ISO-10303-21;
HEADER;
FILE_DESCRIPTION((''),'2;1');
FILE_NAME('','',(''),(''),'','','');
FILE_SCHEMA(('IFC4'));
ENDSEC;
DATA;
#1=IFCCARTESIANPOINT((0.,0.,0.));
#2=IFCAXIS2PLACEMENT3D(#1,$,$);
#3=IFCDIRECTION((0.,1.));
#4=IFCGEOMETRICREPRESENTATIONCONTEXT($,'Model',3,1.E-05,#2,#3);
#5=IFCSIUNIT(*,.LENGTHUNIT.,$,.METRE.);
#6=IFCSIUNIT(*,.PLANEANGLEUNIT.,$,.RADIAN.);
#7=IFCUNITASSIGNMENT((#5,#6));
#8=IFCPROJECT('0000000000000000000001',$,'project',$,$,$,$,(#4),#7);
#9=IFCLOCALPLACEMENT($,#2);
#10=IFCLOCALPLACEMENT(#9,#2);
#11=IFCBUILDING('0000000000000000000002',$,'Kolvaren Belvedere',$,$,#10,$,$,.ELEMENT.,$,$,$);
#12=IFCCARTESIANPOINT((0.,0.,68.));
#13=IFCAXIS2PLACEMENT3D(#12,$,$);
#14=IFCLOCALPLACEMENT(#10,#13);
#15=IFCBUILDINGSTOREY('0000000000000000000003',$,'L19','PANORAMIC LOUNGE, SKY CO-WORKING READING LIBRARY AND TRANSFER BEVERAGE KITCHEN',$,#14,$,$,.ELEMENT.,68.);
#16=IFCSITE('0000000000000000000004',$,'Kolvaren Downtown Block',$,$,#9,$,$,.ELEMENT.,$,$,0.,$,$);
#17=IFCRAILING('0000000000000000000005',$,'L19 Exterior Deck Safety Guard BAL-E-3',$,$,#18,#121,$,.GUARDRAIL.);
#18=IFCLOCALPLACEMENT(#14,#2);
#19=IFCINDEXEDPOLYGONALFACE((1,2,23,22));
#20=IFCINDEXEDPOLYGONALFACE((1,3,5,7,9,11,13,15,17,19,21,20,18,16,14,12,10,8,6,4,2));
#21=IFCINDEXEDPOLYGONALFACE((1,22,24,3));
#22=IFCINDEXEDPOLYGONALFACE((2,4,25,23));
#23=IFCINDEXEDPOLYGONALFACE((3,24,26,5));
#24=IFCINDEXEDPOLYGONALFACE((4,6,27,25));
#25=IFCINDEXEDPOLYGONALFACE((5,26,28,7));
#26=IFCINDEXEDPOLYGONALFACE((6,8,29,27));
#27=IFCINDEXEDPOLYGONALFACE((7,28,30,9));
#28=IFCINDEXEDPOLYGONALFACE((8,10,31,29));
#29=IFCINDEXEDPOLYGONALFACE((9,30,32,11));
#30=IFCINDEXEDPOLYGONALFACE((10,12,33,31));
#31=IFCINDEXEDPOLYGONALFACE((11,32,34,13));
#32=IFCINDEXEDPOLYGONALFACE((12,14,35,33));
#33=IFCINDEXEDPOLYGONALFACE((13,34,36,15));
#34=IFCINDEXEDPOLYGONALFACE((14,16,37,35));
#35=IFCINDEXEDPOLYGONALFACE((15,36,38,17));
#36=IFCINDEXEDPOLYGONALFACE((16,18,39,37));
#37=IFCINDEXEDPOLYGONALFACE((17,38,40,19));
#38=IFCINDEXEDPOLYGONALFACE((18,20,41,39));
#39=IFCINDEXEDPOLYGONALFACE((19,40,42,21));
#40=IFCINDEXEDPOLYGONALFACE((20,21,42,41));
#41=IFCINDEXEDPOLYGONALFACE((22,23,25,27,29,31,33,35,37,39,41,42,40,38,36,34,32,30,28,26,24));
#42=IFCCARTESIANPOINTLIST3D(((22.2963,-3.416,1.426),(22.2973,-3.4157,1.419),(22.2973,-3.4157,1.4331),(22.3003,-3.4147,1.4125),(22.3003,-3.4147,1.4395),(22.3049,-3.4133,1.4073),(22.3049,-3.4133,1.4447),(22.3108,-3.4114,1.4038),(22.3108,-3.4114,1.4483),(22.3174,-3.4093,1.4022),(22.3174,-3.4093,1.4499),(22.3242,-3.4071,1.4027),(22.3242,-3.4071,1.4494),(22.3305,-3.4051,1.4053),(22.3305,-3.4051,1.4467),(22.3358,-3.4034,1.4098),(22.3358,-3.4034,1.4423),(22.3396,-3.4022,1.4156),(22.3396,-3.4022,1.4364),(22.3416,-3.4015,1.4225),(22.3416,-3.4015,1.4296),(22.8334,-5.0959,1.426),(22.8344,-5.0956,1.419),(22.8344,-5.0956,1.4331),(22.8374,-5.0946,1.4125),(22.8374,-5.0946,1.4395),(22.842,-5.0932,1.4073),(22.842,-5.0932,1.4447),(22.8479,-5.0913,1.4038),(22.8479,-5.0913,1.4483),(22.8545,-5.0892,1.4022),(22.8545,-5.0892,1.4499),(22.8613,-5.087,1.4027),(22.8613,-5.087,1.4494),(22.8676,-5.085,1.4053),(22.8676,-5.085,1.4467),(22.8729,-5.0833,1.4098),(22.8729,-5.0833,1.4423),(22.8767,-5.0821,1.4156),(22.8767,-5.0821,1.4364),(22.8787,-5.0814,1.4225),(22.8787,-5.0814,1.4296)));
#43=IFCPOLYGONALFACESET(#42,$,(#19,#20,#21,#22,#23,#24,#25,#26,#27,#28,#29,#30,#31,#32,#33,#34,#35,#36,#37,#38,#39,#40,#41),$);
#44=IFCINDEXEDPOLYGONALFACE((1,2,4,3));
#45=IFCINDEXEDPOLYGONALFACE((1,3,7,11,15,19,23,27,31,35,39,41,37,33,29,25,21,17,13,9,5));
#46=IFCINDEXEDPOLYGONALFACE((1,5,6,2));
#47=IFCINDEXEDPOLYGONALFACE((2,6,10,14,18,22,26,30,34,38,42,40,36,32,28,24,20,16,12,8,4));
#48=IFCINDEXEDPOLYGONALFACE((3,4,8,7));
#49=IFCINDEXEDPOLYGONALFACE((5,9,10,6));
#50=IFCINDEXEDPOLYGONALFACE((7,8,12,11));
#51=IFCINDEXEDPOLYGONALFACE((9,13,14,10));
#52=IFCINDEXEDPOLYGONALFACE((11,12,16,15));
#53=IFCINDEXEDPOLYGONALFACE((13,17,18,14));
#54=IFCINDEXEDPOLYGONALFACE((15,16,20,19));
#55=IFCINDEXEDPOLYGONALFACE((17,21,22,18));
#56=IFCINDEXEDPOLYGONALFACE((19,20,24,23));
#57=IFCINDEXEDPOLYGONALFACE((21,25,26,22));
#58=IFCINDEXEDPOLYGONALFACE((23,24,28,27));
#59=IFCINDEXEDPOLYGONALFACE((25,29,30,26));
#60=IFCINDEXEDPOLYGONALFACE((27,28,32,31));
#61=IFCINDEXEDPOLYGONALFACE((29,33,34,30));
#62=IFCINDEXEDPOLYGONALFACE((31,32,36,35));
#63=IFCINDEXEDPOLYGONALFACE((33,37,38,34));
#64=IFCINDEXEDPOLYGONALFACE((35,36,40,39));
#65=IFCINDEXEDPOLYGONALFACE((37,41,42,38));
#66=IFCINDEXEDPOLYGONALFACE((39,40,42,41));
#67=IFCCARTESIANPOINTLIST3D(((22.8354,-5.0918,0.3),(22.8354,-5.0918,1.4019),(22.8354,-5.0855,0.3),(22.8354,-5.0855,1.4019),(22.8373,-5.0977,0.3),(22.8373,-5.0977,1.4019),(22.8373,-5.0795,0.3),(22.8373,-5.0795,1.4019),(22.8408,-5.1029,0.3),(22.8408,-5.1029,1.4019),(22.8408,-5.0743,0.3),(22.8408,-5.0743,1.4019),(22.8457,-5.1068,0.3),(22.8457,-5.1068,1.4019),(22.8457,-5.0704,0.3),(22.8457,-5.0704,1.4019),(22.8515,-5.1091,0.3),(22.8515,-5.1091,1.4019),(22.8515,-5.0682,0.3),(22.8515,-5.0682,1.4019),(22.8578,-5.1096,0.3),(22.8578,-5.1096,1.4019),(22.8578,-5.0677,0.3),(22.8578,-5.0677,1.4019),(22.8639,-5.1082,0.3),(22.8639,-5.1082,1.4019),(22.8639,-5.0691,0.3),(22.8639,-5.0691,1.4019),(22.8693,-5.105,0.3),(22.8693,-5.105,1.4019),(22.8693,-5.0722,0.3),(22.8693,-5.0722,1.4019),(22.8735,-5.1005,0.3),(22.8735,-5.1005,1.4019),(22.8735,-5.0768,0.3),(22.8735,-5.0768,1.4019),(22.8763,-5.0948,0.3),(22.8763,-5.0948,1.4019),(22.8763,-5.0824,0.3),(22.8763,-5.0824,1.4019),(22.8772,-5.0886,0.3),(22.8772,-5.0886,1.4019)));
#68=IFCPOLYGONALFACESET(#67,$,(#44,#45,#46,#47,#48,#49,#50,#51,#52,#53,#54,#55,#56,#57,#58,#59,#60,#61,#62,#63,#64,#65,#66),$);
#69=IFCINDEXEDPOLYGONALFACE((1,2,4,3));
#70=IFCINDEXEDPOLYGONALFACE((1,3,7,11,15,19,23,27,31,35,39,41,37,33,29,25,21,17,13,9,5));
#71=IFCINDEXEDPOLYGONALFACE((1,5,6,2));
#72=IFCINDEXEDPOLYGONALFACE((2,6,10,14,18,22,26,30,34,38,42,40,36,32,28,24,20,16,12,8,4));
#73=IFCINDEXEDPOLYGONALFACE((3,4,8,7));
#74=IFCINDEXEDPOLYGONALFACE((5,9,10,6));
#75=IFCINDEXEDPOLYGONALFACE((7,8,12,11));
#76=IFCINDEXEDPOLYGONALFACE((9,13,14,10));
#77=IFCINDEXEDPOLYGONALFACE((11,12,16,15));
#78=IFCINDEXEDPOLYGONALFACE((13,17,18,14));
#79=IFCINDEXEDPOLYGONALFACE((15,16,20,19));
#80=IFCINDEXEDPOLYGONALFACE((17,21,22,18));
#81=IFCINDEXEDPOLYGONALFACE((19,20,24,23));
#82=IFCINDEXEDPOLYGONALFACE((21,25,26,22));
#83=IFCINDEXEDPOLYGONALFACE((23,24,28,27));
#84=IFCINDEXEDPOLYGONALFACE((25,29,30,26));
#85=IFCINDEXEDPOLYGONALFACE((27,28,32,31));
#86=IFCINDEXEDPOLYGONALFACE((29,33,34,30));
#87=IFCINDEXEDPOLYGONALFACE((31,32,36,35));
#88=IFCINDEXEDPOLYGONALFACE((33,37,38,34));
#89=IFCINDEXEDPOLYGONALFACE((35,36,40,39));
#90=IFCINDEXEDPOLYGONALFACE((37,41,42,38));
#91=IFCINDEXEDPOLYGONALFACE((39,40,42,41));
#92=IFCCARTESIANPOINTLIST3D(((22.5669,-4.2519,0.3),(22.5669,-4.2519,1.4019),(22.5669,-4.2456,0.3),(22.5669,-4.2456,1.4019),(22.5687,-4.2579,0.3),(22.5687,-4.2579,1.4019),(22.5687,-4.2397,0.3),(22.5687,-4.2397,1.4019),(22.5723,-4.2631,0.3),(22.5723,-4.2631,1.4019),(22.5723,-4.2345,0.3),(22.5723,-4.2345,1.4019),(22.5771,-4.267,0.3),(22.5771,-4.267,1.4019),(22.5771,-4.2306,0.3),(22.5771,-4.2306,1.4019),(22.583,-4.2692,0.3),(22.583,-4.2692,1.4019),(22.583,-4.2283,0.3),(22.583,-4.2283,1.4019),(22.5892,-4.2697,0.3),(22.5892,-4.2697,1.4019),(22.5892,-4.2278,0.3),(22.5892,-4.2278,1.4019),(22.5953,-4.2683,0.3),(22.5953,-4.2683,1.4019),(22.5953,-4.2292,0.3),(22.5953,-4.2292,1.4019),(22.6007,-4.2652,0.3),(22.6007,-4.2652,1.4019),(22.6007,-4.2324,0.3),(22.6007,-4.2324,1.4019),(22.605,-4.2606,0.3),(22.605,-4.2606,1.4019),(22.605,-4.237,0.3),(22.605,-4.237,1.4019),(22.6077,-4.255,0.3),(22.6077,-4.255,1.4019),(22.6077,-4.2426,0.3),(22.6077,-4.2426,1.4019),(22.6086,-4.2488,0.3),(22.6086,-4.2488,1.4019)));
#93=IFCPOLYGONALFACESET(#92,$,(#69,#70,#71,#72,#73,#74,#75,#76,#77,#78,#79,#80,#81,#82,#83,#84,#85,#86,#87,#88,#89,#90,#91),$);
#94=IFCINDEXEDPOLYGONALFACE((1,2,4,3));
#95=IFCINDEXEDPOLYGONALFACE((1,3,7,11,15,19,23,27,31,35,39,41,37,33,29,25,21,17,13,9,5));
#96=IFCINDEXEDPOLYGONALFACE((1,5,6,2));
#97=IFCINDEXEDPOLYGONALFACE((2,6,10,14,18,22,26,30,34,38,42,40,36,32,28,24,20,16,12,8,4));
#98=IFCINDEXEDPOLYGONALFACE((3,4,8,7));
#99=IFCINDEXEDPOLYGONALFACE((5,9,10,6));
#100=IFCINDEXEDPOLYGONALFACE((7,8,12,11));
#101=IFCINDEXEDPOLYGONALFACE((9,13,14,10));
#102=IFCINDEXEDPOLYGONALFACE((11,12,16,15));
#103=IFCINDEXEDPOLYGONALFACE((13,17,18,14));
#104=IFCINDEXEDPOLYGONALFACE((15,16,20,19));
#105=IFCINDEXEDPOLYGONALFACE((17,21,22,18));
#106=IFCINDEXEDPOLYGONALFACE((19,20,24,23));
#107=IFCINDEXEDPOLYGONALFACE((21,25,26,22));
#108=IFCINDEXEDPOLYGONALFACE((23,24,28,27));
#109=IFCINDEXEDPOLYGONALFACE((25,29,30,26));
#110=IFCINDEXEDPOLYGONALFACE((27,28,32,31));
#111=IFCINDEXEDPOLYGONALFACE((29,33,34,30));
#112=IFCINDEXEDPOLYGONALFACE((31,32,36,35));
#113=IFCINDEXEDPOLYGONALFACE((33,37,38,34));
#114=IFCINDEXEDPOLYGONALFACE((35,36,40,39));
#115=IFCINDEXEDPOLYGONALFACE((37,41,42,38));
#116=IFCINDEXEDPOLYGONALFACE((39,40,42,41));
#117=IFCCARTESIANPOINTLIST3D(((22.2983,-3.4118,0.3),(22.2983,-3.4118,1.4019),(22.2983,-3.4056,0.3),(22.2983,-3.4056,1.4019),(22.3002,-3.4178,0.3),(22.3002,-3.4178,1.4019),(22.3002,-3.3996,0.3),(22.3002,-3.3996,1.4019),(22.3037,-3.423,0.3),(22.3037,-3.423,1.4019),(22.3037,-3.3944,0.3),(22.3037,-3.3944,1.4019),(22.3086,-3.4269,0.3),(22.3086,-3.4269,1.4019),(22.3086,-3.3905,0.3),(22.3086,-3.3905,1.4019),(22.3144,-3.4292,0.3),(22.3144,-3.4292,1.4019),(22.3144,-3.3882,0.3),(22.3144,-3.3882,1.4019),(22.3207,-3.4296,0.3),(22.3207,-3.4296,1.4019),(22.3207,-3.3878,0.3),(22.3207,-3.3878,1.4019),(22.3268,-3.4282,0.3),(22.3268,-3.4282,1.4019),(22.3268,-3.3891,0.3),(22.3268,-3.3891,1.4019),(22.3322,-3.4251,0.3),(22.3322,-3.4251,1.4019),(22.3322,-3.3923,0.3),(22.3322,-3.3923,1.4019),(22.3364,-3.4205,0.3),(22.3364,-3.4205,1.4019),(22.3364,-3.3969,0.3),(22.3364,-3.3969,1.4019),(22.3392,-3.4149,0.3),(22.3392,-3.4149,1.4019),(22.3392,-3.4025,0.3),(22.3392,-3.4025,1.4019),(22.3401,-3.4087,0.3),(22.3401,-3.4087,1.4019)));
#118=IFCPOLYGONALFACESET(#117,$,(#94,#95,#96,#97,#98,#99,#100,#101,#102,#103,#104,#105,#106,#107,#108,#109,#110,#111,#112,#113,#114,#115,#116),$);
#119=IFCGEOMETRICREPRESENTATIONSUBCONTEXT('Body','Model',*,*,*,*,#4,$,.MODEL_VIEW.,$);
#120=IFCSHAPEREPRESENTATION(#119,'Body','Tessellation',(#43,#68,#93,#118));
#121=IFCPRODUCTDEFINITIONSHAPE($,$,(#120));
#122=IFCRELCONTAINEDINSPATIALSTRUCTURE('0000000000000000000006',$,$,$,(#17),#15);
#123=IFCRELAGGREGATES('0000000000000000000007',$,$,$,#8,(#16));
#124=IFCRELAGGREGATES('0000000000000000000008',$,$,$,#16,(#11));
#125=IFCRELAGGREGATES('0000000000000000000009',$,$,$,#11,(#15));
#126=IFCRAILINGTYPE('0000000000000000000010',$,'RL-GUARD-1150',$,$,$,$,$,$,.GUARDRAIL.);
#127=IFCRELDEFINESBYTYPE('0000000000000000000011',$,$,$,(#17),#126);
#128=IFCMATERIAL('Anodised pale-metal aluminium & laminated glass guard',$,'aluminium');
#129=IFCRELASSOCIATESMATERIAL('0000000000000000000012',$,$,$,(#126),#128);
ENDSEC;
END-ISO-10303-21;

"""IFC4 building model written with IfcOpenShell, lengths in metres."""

from ifc_helpers import new_model, si_unit, direction, frame, origin, origin_2d, place, context, subcontext, project, spatial, circle, extrude, material, type_object, element, save


model = new_model("IFC4")

# Units and contexts
model_context = context("Model", 3, precision=1e-05, world=origin(), true_north=direction((0.0, 1.0)))
body_context = subcontext(model_context, "Body", "Model", "MODEL_VIEW")
ifc_project = project(units=[si_unit("LENGTHUNIT", "METRE"), si_unit("PLANEANGLEUNIT", "RADIAN")], contexts=[model_context])

# Site, building, storey
site_placement = place(None, origin())
site = spatial("IfcSite", under=ifc_project, at=site_placement, Name="Kolvaren Downtown Block", CompositionType="ELEMENT", RefElevation=0.0)
building_placement = place(site_placement, origin())
building = spatial("IfcBuilding", under=site, at=building_placement, Name="Kolvaren Belvedere", CompositionType="ELEMENT")
storey_placement = place(building_placement, frame((0.0, 0.0, 68.0)))
storey = spatial("IfcBuildingStorey", under=building, at=storey_placement, Name="L19", Description="PANORAMIC LOUNGE, SKY CO-WORKING READING LIBRARY AND TRANSFER BEVERAGE KITCHEN", CompositionType="ELEMENT", Elevation=68.0)

# Railing
ifc_material_1 = material(Name="Anodised pale-metal aluminium & laminated glass guard", Category="aluminium")
railing_type = type_object("IfcRailingType", Name="RL-GUARD-1150", PredefinedType="GUARDRAIL", material=ifc_material_1)
railing_1_placement = place(storey_placement, frame((22.8562, -5.0886, 0.3)))
element("IfcRailing", 1, at=railing_1_placement, inside=storey, type_object=railing_type, Name="L19 Exterior Deck Safety Guard BAL-E-3", PredefinedType="GUARDRAIL", context=body_context, shape_type="SweptSolid", body=[
    extrude(circle(Radius=0.0239, at=origin_2d()), frame((0.0, 0.0, 1.126), z_axis=(-0.304535, 0.952501, 0.0), x_axis=(-0.952501, -0.304535, 0.0)), (0.0, 0.0, 1.0), 1.7637),
    extrude(circle(Radius=0.021, at=origin_2d()), origin(), (0.0, 0.0, 1.0), 1.1018),
    extrude(circle(Radius=0.021, at=origin_2d()), frame((-0.2686, 0.8398, 0.0)), (0.0, 0.0, 1.0), 1.1018),
    extrude(circle(Radius=0.021, at=origin_2d()), frame((-0.5371, 1.6799, 0.0)), (0.0, 0.0, 1.0), 1.1018),
])

save(model, "model.ifc")
